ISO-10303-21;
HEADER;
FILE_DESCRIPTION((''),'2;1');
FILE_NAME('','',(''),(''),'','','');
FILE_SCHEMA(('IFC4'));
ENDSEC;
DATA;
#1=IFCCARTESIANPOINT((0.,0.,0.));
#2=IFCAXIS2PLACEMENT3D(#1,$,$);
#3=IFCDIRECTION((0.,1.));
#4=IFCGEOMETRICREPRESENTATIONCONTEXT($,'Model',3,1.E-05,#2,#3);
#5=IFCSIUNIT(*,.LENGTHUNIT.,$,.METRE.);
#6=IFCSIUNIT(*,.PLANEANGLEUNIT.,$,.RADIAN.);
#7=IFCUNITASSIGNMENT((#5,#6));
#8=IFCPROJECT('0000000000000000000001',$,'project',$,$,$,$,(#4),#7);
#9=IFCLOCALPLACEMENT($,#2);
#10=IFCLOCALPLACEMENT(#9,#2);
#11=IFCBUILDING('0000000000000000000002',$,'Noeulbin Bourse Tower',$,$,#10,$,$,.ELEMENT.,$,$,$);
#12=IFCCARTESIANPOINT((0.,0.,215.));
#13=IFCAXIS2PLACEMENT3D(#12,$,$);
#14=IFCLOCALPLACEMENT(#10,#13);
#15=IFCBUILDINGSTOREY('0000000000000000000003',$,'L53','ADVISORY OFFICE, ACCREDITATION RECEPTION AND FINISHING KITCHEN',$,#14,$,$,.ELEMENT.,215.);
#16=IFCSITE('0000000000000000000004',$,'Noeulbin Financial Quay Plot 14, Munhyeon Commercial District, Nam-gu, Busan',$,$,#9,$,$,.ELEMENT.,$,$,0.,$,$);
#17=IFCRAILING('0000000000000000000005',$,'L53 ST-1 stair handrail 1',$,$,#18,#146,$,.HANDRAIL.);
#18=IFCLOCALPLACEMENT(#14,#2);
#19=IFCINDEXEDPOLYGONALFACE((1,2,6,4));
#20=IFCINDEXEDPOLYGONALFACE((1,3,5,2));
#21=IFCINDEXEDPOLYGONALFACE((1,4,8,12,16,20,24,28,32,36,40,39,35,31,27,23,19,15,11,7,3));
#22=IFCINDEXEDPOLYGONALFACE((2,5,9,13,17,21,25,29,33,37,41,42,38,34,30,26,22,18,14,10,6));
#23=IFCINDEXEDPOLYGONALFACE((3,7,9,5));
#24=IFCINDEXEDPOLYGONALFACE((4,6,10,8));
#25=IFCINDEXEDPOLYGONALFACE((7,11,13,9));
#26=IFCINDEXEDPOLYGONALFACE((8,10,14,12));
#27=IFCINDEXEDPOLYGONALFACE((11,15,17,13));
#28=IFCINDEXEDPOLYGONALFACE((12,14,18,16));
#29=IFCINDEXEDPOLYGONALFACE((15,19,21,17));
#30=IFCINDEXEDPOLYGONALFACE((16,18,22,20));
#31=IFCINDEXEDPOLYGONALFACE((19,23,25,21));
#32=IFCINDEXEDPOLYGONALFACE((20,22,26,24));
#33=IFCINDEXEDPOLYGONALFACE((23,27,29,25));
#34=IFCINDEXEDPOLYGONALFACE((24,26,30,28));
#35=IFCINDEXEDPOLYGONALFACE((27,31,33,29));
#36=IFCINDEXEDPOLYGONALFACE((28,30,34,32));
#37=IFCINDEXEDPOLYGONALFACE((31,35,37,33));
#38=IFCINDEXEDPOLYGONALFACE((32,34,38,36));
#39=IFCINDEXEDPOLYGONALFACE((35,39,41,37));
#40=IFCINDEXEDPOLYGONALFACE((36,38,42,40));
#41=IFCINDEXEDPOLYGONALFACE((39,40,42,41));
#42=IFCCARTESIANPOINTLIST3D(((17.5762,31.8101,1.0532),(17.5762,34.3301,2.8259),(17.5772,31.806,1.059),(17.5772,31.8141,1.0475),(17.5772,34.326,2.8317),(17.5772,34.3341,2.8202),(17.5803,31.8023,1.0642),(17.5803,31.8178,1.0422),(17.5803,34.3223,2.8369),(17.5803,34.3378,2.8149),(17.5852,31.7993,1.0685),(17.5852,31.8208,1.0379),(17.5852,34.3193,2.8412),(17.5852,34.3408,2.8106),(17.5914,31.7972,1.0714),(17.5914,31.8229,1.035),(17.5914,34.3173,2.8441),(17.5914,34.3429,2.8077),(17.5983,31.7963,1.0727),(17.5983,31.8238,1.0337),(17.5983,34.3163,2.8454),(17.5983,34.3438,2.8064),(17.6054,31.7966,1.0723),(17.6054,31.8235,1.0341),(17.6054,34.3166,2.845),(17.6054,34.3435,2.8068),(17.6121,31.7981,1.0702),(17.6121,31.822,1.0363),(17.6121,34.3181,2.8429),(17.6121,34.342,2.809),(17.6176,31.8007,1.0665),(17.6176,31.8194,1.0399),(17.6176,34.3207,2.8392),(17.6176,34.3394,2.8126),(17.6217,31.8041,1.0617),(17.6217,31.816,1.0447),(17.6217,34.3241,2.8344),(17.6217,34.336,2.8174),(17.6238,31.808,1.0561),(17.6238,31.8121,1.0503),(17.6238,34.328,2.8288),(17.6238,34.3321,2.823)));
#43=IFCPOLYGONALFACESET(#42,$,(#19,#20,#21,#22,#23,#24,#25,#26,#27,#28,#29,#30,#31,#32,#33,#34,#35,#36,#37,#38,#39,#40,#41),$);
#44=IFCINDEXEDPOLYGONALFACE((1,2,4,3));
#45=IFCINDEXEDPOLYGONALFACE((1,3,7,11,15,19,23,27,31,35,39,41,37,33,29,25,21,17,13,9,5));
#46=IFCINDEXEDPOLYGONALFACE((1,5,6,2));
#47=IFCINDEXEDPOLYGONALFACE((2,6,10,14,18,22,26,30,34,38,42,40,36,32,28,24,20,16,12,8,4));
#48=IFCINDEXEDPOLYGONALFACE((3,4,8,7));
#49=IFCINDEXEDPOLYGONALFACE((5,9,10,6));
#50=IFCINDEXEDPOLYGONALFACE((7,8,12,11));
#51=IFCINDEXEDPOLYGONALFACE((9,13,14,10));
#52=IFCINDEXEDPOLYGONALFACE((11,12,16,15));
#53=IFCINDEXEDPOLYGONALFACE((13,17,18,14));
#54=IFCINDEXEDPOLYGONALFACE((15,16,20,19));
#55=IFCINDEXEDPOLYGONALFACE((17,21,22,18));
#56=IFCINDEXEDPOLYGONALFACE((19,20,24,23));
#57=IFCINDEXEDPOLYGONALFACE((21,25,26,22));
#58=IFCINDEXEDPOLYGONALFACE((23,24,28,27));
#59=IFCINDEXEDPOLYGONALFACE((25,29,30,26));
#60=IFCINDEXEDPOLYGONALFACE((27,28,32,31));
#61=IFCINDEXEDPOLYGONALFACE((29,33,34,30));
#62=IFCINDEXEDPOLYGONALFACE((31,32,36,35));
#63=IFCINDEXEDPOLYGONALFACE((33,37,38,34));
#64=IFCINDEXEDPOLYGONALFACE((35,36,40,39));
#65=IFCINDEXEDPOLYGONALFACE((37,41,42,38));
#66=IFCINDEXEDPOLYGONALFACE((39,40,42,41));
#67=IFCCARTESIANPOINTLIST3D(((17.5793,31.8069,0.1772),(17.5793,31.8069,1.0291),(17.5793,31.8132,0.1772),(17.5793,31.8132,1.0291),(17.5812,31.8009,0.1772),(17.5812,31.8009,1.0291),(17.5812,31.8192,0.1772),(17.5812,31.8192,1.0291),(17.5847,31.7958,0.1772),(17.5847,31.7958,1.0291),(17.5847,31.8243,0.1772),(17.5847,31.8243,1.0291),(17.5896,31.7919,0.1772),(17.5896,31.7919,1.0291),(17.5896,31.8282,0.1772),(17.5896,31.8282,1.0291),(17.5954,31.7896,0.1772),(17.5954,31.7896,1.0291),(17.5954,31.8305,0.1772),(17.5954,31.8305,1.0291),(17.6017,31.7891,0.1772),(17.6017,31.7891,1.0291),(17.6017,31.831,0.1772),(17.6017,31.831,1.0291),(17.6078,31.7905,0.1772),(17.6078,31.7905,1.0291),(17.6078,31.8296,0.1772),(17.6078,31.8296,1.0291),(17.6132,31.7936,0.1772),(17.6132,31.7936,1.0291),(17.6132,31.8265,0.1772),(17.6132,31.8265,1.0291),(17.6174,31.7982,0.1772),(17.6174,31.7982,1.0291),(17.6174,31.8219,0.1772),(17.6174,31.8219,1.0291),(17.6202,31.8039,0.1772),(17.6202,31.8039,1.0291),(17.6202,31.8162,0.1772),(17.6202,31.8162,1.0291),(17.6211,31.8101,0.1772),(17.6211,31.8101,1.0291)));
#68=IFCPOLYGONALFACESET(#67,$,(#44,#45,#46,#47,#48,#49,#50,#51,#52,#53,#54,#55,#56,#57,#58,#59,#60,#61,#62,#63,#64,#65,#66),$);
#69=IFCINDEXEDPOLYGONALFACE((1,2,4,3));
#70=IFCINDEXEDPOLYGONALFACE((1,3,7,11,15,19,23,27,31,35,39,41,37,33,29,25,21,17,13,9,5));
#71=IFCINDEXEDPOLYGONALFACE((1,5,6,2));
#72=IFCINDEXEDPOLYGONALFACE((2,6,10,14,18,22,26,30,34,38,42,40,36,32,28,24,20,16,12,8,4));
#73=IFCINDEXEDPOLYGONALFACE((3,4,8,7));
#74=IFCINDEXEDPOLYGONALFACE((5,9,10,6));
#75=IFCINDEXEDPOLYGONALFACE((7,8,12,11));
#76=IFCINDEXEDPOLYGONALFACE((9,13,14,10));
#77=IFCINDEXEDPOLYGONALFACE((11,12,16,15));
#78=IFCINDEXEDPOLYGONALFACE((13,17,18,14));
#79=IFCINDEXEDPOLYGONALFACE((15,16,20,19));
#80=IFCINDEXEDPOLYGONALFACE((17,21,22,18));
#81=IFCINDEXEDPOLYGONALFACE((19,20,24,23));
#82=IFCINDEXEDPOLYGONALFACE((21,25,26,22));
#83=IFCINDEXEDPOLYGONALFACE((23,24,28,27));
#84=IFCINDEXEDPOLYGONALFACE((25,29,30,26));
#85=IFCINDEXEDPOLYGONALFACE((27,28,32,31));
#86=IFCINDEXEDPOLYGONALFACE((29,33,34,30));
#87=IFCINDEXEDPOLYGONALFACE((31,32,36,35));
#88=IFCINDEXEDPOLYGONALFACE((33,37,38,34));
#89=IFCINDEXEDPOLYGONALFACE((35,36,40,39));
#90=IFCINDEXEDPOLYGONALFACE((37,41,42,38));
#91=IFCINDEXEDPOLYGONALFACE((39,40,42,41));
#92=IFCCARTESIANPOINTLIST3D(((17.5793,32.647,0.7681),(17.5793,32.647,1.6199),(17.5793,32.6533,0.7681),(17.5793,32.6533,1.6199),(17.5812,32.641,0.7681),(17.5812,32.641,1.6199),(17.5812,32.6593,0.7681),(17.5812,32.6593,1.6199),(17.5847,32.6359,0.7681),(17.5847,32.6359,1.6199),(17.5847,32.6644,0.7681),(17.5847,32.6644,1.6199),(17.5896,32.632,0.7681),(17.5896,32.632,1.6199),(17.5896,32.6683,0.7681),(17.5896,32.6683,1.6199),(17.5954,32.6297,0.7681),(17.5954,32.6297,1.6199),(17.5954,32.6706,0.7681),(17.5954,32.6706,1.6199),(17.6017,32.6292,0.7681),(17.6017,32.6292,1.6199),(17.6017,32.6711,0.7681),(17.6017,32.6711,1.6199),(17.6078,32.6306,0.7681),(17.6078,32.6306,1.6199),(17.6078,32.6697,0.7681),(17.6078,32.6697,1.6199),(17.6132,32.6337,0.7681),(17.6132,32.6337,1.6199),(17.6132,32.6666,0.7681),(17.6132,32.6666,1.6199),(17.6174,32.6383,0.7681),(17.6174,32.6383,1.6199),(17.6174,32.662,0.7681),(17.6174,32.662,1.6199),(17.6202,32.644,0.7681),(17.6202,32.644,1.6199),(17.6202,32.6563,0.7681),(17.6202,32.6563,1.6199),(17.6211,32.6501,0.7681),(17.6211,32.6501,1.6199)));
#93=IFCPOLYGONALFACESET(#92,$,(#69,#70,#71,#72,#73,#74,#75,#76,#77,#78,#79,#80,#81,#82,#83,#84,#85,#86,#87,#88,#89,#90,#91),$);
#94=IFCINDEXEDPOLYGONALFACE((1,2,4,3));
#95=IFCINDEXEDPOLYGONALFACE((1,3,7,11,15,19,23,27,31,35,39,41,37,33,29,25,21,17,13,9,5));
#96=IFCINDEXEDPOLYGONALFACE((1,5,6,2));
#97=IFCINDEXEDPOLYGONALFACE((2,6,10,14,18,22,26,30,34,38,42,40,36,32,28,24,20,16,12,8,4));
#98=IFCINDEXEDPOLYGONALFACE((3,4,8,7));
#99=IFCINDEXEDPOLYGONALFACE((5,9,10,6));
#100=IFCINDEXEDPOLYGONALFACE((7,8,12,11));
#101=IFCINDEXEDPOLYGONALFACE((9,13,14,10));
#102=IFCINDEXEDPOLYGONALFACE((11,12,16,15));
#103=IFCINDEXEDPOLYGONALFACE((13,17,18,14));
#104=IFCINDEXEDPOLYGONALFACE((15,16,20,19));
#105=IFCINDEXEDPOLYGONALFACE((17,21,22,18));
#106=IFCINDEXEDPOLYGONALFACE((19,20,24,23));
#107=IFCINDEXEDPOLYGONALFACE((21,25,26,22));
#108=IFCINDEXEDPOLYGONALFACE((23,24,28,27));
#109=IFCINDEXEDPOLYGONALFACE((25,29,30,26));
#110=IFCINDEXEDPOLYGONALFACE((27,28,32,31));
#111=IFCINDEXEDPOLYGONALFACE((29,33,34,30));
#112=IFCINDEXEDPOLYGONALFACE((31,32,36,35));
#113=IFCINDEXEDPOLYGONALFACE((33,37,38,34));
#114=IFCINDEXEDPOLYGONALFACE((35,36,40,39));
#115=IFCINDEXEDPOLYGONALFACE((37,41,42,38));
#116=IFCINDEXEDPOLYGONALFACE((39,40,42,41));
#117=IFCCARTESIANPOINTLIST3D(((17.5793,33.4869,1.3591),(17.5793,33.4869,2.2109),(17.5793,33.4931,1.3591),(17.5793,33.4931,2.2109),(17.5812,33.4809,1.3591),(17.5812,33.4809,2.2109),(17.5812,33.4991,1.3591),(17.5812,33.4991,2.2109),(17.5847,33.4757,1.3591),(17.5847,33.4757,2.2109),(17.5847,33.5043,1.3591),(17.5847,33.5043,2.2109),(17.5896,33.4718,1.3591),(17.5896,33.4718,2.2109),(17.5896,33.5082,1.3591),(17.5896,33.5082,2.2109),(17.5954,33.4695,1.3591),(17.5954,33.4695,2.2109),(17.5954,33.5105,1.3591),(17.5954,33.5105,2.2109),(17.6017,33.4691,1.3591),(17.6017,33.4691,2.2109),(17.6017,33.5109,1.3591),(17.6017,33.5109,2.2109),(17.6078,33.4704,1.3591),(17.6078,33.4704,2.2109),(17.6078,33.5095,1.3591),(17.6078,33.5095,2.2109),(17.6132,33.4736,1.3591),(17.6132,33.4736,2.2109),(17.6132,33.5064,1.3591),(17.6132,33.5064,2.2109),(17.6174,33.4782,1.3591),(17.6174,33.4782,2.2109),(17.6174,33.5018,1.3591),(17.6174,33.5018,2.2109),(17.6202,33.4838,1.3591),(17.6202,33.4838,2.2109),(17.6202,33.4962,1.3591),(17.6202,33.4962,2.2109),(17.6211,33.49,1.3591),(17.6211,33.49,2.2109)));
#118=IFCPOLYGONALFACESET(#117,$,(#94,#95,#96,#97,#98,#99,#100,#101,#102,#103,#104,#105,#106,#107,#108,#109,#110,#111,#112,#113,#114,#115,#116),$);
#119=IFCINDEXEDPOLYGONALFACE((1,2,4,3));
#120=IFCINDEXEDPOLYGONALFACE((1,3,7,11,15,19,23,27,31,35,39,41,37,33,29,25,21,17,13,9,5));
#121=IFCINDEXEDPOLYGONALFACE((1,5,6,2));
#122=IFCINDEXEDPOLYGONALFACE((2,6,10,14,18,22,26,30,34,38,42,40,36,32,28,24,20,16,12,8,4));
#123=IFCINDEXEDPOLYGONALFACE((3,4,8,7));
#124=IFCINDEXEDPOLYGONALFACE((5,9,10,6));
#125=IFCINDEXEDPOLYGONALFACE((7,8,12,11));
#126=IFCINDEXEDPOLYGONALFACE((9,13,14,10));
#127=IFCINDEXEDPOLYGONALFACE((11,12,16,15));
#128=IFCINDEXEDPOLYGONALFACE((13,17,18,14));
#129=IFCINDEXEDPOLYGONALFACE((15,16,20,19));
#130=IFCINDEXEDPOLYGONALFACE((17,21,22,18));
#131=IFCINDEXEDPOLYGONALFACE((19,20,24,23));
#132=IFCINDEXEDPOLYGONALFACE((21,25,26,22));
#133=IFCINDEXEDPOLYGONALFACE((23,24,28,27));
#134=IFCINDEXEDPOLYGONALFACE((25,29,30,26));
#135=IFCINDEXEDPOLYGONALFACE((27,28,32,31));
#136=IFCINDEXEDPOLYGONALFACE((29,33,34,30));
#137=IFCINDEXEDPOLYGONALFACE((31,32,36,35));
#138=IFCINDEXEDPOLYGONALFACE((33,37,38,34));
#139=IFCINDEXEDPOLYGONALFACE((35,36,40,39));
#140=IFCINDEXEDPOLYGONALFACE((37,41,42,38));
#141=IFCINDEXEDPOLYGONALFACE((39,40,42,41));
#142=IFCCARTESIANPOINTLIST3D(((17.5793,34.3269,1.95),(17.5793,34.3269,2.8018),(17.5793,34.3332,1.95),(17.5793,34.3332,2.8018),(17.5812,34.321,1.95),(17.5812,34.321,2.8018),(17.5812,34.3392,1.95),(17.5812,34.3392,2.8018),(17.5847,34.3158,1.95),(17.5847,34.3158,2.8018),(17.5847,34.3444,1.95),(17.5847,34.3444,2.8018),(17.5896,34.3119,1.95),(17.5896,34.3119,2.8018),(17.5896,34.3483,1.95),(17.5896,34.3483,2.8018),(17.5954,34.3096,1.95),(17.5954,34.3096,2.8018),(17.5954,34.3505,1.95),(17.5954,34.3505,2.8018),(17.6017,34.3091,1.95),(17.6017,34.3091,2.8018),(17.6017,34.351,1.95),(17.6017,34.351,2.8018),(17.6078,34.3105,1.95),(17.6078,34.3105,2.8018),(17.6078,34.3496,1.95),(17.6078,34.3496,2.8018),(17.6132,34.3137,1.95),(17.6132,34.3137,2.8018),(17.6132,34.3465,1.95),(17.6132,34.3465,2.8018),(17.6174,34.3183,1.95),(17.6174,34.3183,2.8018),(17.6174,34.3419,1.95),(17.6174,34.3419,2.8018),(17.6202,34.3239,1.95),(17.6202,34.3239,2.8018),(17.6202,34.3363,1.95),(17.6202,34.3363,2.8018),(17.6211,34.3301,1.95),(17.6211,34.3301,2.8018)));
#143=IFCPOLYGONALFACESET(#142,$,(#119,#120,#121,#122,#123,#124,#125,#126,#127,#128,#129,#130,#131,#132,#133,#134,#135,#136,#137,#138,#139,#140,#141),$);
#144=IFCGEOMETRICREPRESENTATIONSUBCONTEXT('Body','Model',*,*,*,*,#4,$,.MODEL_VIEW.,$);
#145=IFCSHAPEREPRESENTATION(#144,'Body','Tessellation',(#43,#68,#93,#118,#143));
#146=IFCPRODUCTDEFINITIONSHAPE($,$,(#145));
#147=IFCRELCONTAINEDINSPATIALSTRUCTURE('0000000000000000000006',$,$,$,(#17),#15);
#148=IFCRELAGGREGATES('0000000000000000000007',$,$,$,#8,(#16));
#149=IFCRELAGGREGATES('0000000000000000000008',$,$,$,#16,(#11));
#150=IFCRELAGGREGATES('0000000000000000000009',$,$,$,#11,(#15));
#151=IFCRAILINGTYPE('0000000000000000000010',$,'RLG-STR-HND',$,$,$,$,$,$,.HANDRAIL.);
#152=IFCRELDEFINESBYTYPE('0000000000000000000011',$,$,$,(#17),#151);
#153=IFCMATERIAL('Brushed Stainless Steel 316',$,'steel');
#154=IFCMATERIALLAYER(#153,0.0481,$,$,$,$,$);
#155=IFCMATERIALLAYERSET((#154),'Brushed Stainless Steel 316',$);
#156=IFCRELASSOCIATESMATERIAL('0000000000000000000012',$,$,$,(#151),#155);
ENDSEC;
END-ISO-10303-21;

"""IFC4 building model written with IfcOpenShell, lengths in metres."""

from ifc_helpers import new_model, si_unit, direction, frame, origin, origin_2d, place, context, subcontext, project, spatial, circle, extrude, material, layer, layer_set, type_object, element, save


model = new_model("IFC4")

# Units and contexts
model_context = context("Model", 3, precision=1e-05, world=origin(), true_north=direction((0.0, 1.0)))
body_context = subcontext(model_context, "Body", "Model", "MODEL_VIEW")
ifc_project = project(units=[si_unit("LENGTHUNIT", "METRE"), si_unit("PLANEANGLEUNIT", "RADIAN")], contexts=[model_context])

# Site, building, storey
site_placement = place(None, origin())
site = spatial("IfcSite", under=ifc_project, at=site_placement, Name="Noeulbin Financial Quay Plot 14, Munhyeon Commercial District, Nam-gu, Busan", CompositionType="ELEMENT", RefElevation=0.0)
building_placement = place(site_placement, origin())
building = spatial("IfcBuilding", under=site, at=building_placement, Name="Noeulbin Bourse Tower", CompositionType="ELEMENT")
storey_placement = place(building_placement, frame((0.0, 0.0, 215.0)))
storey = spatial("IfcBuildingStorey", under=building, at=storey_placement, Name="L53", Description="ADVISORY OFFICE, ACCREDITATION RECEPTION AND FINISHING KITCHEN", CompositionType="ELEMENT", Elevation=215.0)

# Shared definitions
ifc_material_1 = material(Name="Brushed Stainless Steel 316", Category="steel")

# Railing
ifc_layer_1 = layer(ifc_material_1, 0.0481)
ifc_layer_set_1 = layer_set([ifc_layer_1], Name="Brushed Stainless Steel 316")
railing_type_1 = type_object("IfcRailingType", Name="RLG-STR-HND", PredefinedType="HANDRAIL", material=ifc_layer_set_1)
railing_1_placement = place(storey_placement, frame((17.6001, 31.8101, 0.1772)))
element("IfcRailing", 1, at=railing_1_placement, inside=storey, type_object=railing_type_1, Name="L53 ST-1 stair handrail 1", PredefinedType="HANDRAIL", context=body_context, shape_type="SweptSolid", body=[
    extrude(circle(Radius=0.0239, at=origin_2d()), frame((0.0, 0.0, 0.876), z_axis=(0.0, 0.817904, 0.575354), x_axis=(-1.0, 0.0, 0.0)), (0.0, 0.0, 1.0), 3.0811),
    extrude(circle(Radius=0.021, at=origin_2d()), origin(), (0.0, 0.0, 1.0), 0.8518),
    extrude(circle(Radius=0.021, at=origin_2d()), frame((0.0, 0.8401, 0.5908)), (0.0, 0.0, 1.0), 0.8518),
    extrude(circle(Radius=0.021, at=origin_2d()), frame((0.0, 1.6799, 1.1819)), (0.0, 0.0, 1.0), 0.8518),
    extrude(circle(Radius=0.021, at=origin_2d()), frame((0.0, 2.52, 1.7727)), (0.0, 0.0, 1.0), 0.8518),
])

save(model, "model.ifc")
